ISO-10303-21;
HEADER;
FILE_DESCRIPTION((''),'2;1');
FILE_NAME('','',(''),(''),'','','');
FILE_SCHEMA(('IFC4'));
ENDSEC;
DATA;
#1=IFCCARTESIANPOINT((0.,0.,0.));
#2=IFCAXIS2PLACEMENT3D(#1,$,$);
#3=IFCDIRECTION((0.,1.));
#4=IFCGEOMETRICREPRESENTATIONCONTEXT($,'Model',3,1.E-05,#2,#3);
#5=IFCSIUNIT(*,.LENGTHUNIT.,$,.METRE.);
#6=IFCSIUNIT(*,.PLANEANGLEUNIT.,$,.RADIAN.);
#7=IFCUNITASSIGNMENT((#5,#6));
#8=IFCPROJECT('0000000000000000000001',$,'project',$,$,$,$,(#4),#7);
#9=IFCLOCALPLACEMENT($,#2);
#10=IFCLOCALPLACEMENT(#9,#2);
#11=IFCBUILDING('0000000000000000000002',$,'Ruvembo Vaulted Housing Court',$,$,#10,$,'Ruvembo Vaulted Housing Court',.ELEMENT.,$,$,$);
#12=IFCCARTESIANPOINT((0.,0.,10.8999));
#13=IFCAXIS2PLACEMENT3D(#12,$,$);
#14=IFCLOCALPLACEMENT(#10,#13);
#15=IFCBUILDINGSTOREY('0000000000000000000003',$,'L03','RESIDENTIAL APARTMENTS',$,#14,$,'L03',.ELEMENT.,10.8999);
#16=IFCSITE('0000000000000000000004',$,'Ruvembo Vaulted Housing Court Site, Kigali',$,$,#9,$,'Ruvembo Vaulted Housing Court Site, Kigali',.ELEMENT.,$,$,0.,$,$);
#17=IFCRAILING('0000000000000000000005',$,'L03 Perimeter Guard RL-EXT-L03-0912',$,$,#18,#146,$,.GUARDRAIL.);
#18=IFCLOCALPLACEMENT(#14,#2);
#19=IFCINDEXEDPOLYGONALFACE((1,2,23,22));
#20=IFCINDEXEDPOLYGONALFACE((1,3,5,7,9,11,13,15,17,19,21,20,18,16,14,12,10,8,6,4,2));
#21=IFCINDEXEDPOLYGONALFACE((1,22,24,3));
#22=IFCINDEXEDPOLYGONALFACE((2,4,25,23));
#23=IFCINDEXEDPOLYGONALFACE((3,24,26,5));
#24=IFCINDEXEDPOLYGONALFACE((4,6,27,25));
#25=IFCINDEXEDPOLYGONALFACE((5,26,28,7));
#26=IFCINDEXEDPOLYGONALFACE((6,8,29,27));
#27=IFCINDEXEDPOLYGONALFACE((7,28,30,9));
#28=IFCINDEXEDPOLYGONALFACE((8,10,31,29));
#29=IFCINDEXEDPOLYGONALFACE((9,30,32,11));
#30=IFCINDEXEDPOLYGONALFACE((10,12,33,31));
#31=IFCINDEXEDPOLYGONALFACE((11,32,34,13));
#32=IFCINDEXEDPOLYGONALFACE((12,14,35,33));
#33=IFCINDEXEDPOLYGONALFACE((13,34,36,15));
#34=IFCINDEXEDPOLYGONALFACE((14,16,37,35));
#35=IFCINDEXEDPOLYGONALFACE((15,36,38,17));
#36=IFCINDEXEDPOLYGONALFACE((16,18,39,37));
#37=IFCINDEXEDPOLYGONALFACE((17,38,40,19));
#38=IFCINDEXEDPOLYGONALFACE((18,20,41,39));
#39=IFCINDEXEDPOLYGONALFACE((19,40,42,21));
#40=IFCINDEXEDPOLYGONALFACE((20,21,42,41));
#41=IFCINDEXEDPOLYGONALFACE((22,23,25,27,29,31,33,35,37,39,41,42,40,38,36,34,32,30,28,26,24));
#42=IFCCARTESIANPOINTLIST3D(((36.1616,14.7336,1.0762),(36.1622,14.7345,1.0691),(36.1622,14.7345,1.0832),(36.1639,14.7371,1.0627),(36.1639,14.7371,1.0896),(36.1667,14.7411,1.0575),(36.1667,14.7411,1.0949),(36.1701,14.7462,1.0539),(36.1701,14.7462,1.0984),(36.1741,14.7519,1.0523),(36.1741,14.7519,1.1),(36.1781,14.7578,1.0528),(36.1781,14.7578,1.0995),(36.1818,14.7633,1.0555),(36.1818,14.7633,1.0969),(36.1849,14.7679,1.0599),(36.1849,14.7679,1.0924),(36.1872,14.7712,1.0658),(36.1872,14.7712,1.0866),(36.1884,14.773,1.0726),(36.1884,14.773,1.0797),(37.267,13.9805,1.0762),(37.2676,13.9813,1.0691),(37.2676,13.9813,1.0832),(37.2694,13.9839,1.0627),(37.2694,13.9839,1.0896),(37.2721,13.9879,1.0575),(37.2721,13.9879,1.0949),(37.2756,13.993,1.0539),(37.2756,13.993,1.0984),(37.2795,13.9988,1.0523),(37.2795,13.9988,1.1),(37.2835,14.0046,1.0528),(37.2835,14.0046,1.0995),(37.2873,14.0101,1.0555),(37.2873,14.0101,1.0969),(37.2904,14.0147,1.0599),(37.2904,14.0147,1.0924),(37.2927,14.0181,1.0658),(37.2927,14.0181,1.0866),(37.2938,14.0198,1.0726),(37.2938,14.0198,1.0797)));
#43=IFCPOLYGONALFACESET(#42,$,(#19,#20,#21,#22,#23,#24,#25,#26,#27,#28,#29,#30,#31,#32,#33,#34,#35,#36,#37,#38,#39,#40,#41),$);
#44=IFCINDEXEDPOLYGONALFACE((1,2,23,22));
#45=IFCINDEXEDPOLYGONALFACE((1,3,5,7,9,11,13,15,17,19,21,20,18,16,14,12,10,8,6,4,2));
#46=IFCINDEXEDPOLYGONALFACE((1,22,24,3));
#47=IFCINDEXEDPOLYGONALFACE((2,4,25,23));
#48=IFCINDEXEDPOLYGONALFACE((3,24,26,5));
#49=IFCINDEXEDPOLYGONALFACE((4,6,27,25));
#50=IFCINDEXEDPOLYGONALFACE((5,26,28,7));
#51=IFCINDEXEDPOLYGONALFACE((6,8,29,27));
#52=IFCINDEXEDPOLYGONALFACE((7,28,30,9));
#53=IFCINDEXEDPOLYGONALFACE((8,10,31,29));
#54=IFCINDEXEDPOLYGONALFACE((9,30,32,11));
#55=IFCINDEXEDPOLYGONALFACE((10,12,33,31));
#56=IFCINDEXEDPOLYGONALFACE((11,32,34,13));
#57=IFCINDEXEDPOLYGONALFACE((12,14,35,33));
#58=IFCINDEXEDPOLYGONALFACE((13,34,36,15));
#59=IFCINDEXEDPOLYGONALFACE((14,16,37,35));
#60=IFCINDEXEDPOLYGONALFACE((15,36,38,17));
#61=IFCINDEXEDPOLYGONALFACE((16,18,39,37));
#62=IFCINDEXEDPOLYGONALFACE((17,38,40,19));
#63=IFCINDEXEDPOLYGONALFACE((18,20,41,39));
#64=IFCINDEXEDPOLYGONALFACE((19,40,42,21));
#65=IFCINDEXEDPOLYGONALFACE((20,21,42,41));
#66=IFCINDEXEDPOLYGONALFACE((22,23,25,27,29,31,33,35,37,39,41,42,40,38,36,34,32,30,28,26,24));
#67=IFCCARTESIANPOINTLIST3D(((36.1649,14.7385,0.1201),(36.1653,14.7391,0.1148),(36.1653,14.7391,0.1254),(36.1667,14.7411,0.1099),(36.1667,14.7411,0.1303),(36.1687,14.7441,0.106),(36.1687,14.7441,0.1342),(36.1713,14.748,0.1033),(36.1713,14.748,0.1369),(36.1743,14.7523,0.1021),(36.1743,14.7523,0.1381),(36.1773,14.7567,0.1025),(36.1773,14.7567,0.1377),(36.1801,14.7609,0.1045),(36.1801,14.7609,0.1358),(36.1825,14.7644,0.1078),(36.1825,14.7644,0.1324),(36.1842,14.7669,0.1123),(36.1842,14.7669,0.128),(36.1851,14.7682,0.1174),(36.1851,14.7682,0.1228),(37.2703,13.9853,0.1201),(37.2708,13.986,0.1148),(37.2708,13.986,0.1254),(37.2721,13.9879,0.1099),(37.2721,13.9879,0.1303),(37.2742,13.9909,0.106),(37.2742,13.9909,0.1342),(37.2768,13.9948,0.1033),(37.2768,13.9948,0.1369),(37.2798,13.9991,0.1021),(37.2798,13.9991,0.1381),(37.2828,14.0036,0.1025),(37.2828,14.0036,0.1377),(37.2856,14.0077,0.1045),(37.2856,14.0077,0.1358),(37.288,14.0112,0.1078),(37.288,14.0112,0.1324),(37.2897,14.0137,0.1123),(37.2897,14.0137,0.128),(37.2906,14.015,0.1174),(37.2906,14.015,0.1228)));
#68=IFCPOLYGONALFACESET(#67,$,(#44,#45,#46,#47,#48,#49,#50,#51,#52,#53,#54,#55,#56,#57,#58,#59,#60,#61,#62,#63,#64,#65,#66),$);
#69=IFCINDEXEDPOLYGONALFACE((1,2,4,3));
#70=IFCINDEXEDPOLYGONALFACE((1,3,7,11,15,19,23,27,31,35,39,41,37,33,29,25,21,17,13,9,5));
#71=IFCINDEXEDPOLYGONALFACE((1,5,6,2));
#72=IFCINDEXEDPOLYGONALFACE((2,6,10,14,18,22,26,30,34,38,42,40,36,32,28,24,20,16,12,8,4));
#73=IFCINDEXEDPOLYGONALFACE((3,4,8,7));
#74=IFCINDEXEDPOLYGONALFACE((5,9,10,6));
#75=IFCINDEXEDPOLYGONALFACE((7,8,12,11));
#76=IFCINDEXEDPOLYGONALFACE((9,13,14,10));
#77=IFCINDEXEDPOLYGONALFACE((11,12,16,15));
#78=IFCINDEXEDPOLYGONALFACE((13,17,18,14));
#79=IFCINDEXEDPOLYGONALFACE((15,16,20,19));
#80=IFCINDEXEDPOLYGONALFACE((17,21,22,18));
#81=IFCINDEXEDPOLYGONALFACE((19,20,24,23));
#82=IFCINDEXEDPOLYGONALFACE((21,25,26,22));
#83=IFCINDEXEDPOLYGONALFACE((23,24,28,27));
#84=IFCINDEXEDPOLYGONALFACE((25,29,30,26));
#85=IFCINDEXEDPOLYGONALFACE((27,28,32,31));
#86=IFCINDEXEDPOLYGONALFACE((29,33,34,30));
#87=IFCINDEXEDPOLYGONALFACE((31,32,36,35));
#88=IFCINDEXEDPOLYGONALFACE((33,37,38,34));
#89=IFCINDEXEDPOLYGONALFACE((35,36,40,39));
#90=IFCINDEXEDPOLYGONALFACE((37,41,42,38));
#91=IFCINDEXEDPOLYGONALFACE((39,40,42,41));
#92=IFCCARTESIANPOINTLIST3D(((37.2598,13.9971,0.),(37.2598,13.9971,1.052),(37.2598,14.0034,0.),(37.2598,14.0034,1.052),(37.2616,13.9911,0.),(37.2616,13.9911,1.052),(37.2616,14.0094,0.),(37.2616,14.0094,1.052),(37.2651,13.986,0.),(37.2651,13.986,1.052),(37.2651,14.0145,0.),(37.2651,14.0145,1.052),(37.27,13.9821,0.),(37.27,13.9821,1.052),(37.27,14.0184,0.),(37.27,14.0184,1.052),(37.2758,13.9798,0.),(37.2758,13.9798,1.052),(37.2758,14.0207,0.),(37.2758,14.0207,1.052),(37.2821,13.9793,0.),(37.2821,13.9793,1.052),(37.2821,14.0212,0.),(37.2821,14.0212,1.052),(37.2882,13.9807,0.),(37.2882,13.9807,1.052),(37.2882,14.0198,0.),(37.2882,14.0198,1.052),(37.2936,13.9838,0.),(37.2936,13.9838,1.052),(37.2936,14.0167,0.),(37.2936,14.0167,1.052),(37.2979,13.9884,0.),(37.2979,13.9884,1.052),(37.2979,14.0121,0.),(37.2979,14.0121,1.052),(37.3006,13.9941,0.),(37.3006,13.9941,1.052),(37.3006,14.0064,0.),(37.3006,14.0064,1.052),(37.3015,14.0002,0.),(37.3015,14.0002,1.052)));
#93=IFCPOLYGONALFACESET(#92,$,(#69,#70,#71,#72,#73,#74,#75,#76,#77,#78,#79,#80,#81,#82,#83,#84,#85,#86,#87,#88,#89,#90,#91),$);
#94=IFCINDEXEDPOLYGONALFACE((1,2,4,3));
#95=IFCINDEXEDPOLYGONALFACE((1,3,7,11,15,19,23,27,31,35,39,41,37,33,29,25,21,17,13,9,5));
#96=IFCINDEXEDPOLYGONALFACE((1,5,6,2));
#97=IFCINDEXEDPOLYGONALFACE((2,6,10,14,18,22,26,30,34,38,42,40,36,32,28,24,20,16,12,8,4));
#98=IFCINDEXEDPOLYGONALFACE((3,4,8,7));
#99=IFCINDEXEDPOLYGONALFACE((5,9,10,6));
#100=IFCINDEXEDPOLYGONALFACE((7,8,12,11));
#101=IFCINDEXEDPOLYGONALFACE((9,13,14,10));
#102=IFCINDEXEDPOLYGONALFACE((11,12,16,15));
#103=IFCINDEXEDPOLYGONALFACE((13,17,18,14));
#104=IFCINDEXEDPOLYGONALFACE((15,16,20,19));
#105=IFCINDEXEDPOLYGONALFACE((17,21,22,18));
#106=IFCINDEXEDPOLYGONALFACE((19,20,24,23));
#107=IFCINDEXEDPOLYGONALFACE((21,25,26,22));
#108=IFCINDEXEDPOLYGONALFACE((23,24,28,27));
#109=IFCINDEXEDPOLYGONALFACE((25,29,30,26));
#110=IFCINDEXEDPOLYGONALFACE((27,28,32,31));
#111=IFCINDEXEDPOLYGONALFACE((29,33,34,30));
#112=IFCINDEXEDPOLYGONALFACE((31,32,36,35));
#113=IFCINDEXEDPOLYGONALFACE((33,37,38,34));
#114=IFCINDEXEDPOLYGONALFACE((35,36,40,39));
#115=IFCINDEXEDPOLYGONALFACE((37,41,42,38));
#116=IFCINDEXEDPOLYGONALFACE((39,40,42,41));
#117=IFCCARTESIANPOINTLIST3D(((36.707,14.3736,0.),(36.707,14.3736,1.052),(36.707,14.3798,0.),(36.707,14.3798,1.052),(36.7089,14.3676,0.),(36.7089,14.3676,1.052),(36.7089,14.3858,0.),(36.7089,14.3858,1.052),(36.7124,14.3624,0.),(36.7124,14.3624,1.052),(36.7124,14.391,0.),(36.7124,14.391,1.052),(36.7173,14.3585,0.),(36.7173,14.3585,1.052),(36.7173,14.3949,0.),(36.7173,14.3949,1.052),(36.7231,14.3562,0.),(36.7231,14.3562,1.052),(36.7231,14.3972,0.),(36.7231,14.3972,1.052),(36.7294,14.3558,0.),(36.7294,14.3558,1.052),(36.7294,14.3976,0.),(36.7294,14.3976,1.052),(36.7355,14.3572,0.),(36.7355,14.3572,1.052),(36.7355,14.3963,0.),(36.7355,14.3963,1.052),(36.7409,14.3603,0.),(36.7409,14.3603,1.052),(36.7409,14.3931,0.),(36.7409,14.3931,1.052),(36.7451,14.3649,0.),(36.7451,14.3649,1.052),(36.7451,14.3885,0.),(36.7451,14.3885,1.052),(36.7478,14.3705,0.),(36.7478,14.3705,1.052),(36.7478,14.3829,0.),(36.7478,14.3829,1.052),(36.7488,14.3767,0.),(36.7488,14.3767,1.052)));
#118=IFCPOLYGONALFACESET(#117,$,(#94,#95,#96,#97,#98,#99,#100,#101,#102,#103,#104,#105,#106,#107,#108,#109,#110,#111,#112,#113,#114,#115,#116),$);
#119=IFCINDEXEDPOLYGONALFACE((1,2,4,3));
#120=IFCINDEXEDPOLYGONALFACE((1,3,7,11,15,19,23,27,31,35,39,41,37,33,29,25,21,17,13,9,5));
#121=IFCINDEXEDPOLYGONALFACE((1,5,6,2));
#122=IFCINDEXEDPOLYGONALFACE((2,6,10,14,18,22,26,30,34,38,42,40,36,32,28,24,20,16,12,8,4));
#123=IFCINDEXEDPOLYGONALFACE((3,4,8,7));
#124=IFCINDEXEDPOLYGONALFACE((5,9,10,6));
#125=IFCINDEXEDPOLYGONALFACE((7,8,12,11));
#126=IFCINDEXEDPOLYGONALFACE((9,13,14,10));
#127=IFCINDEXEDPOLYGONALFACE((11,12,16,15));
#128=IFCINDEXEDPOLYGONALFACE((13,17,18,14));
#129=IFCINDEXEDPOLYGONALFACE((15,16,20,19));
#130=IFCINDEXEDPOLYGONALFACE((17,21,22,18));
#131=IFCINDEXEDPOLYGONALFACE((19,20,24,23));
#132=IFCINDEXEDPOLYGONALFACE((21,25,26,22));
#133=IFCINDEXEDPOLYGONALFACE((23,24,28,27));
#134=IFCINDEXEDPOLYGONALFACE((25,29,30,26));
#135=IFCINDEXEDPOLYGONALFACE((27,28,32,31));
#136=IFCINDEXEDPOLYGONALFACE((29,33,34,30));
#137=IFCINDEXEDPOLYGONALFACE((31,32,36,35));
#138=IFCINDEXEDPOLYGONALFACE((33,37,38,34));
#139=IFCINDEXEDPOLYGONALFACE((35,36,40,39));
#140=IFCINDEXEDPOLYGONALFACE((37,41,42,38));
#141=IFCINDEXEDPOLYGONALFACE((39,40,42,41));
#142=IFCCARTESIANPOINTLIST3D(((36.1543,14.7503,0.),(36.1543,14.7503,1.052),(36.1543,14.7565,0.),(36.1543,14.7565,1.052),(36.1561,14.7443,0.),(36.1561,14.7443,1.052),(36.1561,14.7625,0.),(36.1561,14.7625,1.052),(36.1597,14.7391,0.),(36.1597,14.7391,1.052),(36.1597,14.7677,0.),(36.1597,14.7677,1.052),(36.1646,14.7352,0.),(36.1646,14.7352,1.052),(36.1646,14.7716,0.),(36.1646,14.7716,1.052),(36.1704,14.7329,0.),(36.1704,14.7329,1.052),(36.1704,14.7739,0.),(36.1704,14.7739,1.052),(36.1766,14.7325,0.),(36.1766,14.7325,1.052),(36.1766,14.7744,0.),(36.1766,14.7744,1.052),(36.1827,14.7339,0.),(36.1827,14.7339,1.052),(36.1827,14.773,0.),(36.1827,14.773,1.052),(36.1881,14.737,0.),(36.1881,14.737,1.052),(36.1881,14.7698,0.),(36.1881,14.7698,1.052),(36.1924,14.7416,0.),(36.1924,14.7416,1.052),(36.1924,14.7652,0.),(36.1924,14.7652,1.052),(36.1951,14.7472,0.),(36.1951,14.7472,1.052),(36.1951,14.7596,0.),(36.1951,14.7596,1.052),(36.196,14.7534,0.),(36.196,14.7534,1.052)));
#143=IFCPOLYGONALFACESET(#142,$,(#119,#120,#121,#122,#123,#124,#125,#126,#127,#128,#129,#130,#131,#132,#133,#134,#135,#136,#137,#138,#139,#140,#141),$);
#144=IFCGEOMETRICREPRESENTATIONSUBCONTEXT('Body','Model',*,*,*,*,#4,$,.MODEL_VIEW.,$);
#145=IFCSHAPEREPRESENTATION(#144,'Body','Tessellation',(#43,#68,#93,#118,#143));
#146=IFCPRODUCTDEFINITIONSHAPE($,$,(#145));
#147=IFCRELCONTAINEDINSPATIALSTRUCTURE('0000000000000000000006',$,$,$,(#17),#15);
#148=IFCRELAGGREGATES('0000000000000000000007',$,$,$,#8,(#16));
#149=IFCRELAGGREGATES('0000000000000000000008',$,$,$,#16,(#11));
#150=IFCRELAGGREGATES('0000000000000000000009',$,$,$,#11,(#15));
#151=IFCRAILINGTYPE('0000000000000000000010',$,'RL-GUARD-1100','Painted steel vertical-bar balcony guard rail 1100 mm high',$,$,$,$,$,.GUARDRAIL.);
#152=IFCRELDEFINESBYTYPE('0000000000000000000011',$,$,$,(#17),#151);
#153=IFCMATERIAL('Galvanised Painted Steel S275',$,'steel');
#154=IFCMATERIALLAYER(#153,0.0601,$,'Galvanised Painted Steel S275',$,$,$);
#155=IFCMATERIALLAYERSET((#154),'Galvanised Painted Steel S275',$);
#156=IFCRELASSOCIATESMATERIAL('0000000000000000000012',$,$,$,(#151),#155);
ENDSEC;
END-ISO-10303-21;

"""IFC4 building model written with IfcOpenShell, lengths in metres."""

from ifc_helpers import new_model, si_unit, direction, frame, origin, origin_2d, place, context, subcontext, project, spatial, circle, extrude, material, layer, layer_set, type_object, element, save


model = new_model("IFC4")

# Units and contexts
model_context = context("Model", 3, precision=1e-05, world=origin(), true_north=direction((0.0, 1.0)))
body_context = subcontext(model_context, "Body", "Model", "MODEL_VIEW")
ifc_project = project(units=[si_unit("LENGTHUNIT", "METRE"), si_unit("PLANEANGLEUNIT", "RADIAN")], contexts=[model_context])

# Site, building, storey
site_placement = place(None, origin())
site = spatial("IfcSite", under=ifc_project, at=site_placement, Name="Ruvembo Vaulted Housing Court Site, Kigali", LongName="Ruvembo Vaulted Housing Court Site, Kigali", CompositionType="ELEMENT", RefElevation=0.0)
building_placement = place(site_placement, origin())
building = spatial("IfcBuilding", under=site, at=building_placement, Name="Ruvembo Vaulted Housing Court", LongName="Ruvembo Vaulted Housing Court", CompositionType="ELEMENT")
storey_placement = place(building_placement, frame((0.0, 0.0, 10.8999)))
storey = spatial("IfcBuildingStorey", under=building, at=storey_placement, Name="L03", Description="RESIDENTIAL APARTMENTS", LongName="L03", CompositionType="ELEMENT", Elevation=10.8999)

# Railing
ifc_material_1 = material(Name="Galvanised Painted Steel S275", Category="steel")
ifc_layer_1 = layer(ifc_material_1, 0.0601, Name="Galvanised Painted Steel S275")
ifc_layer_set_1 = layer_set([ifc_layer_1], Name="Galvanised Painted Steel S275")
railing_type = type_object("IfcRailingType", Name="RL-GUARD-1100", Description="Painted steel vertical-bar balcony guard rail 1100 mm high", PredefinedType="GUARDRAIL", material=ifc_layer_set_1)
railing_1_placement = place(storey_placement, frame((37.2805, 14.0002, 0.0)))
element("IfcRailing", 1, at=railing_1_placement, inside=storey, type_object=railing_type, Name="L03 Perimeter Guard RL-EXT-L03-0912", PredefinedType="GUARDRAIL", context=body_context, shape_type="SweptSolid", body=[
    extrude(circle(Radius=0.0239, at=origin_2d()), frame((0.0, 0.0, 1.0762), z_axis=(-0.82642, 0.563054, 0.0), x_axis=(-0.563054, -0.82642, 0.0)), (0.0, 0.0, 1.0), 1.3376),
    extrude(circle(Radius=0.0181, at=origin_2d()), frame((0.0, 0.0, 0.1201), z_axis=(-0.82642, 0.563054, 0.0), x_axis=(-0.563054, -0.82642, 0.0)), (0.0, 0.0, 1.0), 1.3376),
    extrude(circle(Radius=0.021, at=origin_2d()), origin(), (0.0, 0.0, 1.0), 1.052),
    extrude(circle(Radius=0.021, at=origin_2d()), frame((-0.5527, 0.3765, 0.0)), (0.0, 0.0, 1.0), 1.052),
    extrude(circle(Radius=0.021, at=origin_2d()), frame((-1.1055, 0.7532, 0.0)), (0.0, 0.0, 1.0), 1.052),
])

save(model, "model.ifc")
